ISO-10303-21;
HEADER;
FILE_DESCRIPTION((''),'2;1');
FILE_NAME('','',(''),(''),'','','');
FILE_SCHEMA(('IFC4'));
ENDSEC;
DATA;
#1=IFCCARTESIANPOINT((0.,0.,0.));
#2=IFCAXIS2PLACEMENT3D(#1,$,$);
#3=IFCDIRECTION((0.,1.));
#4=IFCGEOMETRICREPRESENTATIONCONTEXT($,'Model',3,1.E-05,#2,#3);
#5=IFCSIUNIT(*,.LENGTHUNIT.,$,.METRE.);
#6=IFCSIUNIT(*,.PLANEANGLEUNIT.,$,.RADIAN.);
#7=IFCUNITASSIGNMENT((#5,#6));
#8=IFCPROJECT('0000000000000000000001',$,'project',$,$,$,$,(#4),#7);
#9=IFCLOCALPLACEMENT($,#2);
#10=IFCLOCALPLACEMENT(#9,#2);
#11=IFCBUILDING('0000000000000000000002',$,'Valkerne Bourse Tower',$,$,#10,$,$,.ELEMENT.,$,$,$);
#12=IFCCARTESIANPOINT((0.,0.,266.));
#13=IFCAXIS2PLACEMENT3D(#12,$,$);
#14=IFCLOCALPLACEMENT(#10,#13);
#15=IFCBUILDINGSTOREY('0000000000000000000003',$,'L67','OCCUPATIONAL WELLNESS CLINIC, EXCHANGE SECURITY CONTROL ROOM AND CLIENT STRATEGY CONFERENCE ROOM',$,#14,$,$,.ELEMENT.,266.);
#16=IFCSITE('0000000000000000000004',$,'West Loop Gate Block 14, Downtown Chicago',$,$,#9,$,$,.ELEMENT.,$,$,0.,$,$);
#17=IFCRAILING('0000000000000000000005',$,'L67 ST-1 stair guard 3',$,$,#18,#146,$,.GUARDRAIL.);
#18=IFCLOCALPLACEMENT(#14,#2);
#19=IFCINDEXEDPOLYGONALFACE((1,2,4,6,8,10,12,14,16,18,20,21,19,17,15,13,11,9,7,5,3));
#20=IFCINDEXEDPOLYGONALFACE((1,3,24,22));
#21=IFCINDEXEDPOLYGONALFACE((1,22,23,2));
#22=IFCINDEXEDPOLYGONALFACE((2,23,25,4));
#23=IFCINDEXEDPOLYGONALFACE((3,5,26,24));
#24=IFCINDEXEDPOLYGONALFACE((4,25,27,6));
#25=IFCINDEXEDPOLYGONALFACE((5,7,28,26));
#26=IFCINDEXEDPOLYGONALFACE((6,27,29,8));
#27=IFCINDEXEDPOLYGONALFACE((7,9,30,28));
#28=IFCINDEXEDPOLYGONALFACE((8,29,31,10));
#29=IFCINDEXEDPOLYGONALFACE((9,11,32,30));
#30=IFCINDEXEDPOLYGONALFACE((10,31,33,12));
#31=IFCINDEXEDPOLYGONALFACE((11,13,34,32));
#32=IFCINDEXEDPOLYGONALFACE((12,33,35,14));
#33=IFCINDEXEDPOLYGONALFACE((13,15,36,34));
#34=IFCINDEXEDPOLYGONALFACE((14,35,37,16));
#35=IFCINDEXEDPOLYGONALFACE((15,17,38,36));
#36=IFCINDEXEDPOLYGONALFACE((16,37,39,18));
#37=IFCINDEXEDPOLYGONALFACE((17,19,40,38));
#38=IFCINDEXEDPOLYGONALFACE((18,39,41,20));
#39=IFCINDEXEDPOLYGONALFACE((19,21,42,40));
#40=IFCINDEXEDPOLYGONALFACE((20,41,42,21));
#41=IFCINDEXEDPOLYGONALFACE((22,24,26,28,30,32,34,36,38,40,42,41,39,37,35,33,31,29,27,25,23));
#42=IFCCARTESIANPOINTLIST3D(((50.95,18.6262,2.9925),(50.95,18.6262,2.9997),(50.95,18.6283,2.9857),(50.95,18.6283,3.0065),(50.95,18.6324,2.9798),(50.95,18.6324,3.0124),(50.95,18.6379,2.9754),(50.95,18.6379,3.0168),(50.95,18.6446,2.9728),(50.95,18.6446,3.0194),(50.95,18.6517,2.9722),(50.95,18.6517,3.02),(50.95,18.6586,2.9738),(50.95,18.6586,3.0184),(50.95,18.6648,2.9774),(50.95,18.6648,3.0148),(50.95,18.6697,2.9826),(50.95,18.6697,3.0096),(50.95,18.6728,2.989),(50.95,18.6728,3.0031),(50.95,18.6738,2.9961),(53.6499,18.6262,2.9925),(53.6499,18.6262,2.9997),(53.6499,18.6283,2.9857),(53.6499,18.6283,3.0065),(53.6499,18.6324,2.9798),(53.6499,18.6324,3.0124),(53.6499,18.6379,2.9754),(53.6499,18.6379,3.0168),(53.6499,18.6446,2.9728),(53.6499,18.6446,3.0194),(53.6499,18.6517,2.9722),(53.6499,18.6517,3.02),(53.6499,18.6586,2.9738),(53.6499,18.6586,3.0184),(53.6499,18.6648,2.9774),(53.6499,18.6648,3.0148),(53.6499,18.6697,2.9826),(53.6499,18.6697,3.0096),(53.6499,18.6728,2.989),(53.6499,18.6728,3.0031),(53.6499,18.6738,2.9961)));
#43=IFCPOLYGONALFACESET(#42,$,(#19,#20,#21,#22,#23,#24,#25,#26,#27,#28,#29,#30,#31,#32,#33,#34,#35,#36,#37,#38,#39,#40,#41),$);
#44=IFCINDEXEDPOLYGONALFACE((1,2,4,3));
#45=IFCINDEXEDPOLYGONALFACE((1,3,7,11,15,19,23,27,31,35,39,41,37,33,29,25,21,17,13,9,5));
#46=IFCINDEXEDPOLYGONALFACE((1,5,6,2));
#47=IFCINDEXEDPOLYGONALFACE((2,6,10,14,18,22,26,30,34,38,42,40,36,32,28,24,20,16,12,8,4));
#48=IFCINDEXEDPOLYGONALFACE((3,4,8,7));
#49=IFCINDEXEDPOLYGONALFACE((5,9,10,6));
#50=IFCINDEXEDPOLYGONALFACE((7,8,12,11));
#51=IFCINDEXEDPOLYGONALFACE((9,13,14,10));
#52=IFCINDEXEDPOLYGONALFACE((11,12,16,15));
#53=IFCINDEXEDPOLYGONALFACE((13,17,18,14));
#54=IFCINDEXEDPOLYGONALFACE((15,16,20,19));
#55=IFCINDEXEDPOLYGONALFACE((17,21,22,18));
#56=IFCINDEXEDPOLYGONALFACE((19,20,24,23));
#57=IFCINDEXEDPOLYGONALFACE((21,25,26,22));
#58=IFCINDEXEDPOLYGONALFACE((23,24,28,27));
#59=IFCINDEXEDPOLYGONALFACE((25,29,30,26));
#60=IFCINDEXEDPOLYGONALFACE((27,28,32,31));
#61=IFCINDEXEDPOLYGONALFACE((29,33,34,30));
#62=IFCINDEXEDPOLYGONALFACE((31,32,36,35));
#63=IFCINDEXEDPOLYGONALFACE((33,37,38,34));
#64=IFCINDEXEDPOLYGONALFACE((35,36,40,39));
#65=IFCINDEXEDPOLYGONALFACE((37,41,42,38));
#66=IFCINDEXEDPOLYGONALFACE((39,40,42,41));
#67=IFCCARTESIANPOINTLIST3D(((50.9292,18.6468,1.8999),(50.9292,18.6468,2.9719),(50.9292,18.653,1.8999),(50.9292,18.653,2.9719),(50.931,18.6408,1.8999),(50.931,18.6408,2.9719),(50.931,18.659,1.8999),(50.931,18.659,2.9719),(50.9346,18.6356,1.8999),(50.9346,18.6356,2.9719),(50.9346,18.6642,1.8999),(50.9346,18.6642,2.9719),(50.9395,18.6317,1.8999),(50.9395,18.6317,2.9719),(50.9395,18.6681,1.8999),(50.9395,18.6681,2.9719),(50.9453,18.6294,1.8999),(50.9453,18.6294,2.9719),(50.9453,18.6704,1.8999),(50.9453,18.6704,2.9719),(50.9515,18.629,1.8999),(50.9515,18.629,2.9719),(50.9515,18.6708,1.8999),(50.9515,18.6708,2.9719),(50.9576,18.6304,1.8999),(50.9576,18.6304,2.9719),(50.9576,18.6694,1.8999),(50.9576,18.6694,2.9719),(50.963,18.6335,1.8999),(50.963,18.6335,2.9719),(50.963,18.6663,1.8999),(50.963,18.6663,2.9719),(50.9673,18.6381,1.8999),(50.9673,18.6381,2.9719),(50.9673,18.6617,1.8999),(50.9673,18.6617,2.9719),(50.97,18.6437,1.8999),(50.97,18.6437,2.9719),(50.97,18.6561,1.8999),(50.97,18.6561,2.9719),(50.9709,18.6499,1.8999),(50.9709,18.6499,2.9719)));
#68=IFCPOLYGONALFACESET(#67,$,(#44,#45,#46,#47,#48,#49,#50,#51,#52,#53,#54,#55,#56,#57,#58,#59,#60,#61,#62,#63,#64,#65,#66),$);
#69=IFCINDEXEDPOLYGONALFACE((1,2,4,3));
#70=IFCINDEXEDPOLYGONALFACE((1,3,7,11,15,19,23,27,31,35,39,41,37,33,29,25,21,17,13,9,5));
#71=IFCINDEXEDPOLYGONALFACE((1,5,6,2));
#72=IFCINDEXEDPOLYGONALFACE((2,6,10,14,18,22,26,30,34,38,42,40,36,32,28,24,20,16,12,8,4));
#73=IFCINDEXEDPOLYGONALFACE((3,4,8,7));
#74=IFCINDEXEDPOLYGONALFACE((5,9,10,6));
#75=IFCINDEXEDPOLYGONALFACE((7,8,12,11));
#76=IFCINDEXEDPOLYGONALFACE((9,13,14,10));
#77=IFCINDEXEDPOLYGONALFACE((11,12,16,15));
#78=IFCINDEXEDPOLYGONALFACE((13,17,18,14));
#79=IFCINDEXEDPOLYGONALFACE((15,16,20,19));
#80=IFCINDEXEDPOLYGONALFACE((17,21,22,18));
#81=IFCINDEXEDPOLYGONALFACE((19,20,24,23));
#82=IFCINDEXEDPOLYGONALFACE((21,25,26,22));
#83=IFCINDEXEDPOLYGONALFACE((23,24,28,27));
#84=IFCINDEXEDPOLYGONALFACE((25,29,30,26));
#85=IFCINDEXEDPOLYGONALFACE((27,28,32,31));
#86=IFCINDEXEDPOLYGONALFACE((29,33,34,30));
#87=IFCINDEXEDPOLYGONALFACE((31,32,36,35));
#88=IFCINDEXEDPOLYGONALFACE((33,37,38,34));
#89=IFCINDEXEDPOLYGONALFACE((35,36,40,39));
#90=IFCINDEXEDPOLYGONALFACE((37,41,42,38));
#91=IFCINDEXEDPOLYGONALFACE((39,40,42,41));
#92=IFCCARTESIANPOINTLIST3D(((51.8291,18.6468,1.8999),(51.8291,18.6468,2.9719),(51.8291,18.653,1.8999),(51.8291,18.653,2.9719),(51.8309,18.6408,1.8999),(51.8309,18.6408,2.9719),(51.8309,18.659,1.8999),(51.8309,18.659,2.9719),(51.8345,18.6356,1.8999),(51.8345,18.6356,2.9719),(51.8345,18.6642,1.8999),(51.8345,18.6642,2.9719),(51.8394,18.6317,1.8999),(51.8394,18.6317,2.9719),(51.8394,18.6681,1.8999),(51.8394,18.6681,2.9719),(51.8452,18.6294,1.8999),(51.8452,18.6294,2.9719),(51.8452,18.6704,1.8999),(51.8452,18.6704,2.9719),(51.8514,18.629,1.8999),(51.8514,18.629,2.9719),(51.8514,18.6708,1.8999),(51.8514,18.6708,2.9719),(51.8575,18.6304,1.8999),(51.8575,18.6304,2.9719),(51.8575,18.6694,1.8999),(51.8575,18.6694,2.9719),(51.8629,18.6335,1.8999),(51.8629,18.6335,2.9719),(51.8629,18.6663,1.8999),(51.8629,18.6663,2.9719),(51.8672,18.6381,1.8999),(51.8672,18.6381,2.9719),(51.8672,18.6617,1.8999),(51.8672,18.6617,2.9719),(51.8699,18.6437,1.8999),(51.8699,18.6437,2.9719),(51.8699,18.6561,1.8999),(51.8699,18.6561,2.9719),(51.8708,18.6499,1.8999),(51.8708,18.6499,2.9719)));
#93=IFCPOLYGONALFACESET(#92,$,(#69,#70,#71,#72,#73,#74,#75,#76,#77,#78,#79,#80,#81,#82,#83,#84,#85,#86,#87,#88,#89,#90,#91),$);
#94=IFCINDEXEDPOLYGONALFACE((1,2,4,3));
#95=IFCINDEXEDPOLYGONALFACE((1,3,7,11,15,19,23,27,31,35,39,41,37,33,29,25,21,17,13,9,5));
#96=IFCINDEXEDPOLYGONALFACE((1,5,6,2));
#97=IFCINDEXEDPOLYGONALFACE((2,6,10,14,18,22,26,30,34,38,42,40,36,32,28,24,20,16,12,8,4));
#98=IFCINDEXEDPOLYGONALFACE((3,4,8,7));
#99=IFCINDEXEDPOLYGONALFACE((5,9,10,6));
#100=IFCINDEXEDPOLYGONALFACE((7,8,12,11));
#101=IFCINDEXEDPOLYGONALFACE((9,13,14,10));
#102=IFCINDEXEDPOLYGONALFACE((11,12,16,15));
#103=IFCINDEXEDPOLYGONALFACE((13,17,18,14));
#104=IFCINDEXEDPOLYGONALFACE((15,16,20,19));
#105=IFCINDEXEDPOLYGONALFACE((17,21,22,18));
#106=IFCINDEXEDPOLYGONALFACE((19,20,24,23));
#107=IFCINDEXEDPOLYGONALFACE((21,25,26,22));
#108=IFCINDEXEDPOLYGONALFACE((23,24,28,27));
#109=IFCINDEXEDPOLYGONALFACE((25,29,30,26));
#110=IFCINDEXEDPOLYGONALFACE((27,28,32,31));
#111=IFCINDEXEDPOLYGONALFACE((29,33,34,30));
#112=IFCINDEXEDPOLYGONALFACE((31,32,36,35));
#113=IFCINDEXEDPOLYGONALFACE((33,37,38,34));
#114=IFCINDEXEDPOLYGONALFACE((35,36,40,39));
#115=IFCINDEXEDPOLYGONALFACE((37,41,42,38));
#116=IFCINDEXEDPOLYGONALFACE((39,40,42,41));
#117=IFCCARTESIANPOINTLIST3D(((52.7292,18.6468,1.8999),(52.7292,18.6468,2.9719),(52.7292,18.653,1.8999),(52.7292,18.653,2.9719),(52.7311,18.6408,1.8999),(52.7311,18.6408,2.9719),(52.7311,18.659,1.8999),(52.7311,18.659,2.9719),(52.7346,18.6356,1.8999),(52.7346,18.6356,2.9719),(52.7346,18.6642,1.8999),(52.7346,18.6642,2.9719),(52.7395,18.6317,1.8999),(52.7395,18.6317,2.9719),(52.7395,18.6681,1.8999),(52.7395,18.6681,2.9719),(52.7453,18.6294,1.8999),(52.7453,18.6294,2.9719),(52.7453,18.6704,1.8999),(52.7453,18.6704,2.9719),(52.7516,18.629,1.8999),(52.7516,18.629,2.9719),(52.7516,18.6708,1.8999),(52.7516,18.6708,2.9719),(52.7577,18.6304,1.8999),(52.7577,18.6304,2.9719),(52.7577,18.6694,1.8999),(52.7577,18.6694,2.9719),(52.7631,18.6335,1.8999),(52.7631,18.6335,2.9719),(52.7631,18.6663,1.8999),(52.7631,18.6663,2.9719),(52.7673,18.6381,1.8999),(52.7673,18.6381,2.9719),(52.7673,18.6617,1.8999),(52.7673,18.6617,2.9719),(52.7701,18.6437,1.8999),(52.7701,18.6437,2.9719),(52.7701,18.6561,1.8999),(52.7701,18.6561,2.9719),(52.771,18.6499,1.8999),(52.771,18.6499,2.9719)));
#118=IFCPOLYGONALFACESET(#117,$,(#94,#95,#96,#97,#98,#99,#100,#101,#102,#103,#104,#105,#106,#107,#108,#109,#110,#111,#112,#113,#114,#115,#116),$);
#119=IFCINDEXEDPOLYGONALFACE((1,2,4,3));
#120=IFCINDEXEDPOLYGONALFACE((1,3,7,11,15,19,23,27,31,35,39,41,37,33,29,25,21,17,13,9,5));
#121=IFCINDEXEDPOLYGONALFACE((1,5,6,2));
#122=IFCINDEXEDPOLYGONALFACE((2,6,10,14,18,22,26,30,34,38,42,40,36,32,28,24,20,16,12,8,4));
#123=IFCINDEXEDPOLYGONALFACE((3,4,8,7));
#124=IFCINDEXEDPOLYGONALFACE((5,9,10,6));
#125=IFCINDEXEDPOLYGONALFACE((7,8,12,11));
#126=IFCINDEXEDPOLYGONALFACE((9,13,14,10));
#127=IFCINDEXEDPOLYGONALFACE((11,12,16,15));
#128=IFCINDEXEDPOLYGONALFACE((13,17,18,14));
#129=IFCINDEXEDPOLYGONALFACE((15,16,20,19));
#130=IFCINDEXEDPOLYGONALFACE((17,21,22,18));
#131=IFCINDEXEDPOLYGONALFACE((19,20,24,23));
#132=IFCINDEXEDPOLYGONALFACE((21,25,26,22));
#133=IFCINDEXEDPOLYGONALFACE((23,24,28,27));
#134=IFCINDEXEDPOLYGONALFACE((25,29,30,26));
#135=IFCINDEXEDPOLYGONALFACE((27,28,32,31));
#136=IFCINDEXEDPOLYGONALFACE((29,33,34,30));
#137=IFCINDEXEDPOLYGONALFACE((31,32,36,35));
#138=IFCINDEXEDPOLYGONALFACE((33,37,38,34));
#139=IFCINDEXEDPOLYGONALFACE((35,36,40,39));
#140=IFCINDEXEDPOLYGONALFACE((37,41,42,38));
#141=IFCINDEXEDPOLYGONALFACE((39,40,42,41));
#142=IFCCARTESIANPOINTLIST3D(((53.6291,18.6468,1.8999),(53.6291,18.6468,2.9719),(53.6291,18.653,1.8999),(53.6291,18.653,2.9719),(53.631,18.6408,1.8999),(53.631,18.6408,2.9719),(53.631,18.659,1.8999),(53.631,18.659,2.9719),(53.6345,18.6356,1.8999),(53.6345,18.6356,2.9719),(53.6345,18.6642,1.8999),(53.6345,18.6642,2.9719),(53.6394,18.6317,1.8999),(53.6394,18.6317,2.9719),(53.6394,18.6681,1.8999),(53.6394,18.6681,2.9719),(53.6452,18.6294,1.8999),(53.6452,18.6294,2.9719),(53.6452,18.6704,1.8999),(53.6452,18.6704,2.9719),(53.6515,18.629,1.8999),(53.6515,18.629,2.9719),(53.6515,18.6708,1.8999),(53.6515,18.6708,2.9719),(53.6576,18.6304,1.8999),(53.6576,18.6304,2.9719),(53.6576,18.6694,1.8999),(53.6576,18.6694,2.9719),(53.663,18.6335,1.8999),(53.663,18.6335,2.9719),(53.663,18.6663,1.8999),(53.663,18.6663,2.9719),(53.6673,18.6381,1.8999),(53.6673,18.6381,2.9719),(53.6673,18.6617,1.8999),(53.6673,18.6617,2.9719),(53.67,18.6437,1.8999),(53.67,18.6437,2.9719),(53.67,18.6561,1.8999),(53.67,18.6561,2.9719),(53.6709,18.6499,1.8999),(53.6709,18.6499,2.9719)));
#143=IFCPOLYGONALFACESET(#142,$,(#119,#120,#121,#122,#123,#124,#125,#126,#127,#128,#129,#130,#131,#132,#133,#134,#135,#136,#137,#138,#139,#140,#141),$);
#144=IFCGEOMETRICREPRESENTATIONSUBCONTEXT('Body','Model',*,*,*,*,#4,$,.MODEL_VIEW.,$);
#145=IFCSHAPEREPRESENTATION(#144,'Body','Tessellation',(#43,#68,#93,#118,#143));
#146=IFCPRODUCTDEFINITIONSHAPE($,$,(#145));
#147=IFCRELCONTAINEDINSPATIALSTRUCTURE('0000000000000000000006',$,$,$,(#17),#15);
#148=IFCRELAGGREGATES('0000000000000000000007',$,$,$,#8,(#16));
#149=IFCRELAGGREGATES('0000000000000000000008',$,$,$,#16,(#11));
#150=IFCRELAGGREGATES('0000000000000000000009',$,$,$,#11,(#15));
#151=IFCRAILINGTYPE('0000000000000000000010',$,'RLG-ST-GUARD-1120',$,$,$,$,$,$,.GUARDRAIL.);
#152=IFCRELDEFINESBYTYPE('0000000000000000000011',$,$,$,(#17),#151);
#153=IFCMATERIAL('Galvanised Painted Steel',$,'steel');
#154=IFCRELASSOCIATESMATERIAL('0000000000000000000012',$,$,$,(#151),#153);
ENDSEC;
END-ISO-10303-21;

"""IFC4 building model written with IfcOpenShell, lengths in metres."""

from ifc_helpers import new_model, si_unit, direction, frame, origin, origin_2d, place, context, subcontext, project, spatial, circle, extrude, material, type_object, element, save


model = new_model("IFC4")

# Units and contexts
model_context = context("Model", 3, precision=1e-05, world=origin(), true_north=direction((0.0, 1.0)))
body_context = subcontext(model_context, "Body", "Model", "MODEL_VIEW")
ifc_project = project(units=[si_unit("LENGTHUNIT", "METRE"), si_unit("PLANEANGLEUNIT", "RADIAN")], contexts=[model_context])

# Site, building, storey
site_placement = place(None, origin())
site = spatial("IfcSite", under=ifc_project, at=site_placement, Name="West Loop Gate Block 14, Downtown Chicago", CompositionType="ELEMENT", RefElevation=0.0)
building_placement = place(site_placement, origin())
building = spatial("IfcBuilding", under=site, at=building_placement, Name="Valkerne Bourse Tower", CompositionType="ELEMENT")
storey_placement = place(building_placement, frame((0.0, 0.0, 266.0)))
storey = spatial("IfcBuildingStorey", under=building, at=storey_placement, Name="L67", Description="OCCUPATIONAL WELLNESS CLINIC, EXCHANGE SECURITY CONTROL ROOM AND CLIENT STRATEGY CONFERENCE ROOM", CompositionType="ELEMENT", Elevation=266.0)

# Railing
ifc_material_1 = material(Name="Galvanised Painted Steel", Category="steel")
railing_type_1 = type_object("IfcRailingType", Name="RLG-ST-GUARD-1120", PredefinedType="GUARDRAIL", material=ifc_material_1)
railing_1_placement = place(storey_placement, frame((50.95, 18.6499, 1.8999)))
element("IfcRailing", 1, at=railing_1_placement, inside=storey, type_object=railing_type_1, Name="L67 ST-1 stair guard 3", PredefinedType="GUARDRAIL", context=body_context, shape_type="SweptSolid", body=[
    extrude(circle(Radius=0.0239, at=origin_2d()), frame((0.0, 0.0, 1.0962), z_axis=(1.0, 0.0, 0.0), x_axis=(0.0, 1.0, 0.0)), (0.0, 0.0, 1.0), 2.7),
    extrude(circle(Radius=0.021, at=origin_2d()), origin(), (0.0, 0.0, 1.0), 1.072),
    extrude(circle(Radius=0.021, at=origin_2d()), frame((0.8999, 0.0, 0.0)), (0.0, 0.0, 1.0), 1.072),
    extrude(circle(Radius=0.021, at=origin_2d()), frame((1.8, 0.0, 0.0)), (0.0, 0.0, 1.0), 1.072),
    extrude(circle(Radius=0.021, at=origin_2d()), frame((2.7, 0.0, 0.0)), (0.0, 0.0, 1.0), 1.072),
])

save(model, "model.ifc")
